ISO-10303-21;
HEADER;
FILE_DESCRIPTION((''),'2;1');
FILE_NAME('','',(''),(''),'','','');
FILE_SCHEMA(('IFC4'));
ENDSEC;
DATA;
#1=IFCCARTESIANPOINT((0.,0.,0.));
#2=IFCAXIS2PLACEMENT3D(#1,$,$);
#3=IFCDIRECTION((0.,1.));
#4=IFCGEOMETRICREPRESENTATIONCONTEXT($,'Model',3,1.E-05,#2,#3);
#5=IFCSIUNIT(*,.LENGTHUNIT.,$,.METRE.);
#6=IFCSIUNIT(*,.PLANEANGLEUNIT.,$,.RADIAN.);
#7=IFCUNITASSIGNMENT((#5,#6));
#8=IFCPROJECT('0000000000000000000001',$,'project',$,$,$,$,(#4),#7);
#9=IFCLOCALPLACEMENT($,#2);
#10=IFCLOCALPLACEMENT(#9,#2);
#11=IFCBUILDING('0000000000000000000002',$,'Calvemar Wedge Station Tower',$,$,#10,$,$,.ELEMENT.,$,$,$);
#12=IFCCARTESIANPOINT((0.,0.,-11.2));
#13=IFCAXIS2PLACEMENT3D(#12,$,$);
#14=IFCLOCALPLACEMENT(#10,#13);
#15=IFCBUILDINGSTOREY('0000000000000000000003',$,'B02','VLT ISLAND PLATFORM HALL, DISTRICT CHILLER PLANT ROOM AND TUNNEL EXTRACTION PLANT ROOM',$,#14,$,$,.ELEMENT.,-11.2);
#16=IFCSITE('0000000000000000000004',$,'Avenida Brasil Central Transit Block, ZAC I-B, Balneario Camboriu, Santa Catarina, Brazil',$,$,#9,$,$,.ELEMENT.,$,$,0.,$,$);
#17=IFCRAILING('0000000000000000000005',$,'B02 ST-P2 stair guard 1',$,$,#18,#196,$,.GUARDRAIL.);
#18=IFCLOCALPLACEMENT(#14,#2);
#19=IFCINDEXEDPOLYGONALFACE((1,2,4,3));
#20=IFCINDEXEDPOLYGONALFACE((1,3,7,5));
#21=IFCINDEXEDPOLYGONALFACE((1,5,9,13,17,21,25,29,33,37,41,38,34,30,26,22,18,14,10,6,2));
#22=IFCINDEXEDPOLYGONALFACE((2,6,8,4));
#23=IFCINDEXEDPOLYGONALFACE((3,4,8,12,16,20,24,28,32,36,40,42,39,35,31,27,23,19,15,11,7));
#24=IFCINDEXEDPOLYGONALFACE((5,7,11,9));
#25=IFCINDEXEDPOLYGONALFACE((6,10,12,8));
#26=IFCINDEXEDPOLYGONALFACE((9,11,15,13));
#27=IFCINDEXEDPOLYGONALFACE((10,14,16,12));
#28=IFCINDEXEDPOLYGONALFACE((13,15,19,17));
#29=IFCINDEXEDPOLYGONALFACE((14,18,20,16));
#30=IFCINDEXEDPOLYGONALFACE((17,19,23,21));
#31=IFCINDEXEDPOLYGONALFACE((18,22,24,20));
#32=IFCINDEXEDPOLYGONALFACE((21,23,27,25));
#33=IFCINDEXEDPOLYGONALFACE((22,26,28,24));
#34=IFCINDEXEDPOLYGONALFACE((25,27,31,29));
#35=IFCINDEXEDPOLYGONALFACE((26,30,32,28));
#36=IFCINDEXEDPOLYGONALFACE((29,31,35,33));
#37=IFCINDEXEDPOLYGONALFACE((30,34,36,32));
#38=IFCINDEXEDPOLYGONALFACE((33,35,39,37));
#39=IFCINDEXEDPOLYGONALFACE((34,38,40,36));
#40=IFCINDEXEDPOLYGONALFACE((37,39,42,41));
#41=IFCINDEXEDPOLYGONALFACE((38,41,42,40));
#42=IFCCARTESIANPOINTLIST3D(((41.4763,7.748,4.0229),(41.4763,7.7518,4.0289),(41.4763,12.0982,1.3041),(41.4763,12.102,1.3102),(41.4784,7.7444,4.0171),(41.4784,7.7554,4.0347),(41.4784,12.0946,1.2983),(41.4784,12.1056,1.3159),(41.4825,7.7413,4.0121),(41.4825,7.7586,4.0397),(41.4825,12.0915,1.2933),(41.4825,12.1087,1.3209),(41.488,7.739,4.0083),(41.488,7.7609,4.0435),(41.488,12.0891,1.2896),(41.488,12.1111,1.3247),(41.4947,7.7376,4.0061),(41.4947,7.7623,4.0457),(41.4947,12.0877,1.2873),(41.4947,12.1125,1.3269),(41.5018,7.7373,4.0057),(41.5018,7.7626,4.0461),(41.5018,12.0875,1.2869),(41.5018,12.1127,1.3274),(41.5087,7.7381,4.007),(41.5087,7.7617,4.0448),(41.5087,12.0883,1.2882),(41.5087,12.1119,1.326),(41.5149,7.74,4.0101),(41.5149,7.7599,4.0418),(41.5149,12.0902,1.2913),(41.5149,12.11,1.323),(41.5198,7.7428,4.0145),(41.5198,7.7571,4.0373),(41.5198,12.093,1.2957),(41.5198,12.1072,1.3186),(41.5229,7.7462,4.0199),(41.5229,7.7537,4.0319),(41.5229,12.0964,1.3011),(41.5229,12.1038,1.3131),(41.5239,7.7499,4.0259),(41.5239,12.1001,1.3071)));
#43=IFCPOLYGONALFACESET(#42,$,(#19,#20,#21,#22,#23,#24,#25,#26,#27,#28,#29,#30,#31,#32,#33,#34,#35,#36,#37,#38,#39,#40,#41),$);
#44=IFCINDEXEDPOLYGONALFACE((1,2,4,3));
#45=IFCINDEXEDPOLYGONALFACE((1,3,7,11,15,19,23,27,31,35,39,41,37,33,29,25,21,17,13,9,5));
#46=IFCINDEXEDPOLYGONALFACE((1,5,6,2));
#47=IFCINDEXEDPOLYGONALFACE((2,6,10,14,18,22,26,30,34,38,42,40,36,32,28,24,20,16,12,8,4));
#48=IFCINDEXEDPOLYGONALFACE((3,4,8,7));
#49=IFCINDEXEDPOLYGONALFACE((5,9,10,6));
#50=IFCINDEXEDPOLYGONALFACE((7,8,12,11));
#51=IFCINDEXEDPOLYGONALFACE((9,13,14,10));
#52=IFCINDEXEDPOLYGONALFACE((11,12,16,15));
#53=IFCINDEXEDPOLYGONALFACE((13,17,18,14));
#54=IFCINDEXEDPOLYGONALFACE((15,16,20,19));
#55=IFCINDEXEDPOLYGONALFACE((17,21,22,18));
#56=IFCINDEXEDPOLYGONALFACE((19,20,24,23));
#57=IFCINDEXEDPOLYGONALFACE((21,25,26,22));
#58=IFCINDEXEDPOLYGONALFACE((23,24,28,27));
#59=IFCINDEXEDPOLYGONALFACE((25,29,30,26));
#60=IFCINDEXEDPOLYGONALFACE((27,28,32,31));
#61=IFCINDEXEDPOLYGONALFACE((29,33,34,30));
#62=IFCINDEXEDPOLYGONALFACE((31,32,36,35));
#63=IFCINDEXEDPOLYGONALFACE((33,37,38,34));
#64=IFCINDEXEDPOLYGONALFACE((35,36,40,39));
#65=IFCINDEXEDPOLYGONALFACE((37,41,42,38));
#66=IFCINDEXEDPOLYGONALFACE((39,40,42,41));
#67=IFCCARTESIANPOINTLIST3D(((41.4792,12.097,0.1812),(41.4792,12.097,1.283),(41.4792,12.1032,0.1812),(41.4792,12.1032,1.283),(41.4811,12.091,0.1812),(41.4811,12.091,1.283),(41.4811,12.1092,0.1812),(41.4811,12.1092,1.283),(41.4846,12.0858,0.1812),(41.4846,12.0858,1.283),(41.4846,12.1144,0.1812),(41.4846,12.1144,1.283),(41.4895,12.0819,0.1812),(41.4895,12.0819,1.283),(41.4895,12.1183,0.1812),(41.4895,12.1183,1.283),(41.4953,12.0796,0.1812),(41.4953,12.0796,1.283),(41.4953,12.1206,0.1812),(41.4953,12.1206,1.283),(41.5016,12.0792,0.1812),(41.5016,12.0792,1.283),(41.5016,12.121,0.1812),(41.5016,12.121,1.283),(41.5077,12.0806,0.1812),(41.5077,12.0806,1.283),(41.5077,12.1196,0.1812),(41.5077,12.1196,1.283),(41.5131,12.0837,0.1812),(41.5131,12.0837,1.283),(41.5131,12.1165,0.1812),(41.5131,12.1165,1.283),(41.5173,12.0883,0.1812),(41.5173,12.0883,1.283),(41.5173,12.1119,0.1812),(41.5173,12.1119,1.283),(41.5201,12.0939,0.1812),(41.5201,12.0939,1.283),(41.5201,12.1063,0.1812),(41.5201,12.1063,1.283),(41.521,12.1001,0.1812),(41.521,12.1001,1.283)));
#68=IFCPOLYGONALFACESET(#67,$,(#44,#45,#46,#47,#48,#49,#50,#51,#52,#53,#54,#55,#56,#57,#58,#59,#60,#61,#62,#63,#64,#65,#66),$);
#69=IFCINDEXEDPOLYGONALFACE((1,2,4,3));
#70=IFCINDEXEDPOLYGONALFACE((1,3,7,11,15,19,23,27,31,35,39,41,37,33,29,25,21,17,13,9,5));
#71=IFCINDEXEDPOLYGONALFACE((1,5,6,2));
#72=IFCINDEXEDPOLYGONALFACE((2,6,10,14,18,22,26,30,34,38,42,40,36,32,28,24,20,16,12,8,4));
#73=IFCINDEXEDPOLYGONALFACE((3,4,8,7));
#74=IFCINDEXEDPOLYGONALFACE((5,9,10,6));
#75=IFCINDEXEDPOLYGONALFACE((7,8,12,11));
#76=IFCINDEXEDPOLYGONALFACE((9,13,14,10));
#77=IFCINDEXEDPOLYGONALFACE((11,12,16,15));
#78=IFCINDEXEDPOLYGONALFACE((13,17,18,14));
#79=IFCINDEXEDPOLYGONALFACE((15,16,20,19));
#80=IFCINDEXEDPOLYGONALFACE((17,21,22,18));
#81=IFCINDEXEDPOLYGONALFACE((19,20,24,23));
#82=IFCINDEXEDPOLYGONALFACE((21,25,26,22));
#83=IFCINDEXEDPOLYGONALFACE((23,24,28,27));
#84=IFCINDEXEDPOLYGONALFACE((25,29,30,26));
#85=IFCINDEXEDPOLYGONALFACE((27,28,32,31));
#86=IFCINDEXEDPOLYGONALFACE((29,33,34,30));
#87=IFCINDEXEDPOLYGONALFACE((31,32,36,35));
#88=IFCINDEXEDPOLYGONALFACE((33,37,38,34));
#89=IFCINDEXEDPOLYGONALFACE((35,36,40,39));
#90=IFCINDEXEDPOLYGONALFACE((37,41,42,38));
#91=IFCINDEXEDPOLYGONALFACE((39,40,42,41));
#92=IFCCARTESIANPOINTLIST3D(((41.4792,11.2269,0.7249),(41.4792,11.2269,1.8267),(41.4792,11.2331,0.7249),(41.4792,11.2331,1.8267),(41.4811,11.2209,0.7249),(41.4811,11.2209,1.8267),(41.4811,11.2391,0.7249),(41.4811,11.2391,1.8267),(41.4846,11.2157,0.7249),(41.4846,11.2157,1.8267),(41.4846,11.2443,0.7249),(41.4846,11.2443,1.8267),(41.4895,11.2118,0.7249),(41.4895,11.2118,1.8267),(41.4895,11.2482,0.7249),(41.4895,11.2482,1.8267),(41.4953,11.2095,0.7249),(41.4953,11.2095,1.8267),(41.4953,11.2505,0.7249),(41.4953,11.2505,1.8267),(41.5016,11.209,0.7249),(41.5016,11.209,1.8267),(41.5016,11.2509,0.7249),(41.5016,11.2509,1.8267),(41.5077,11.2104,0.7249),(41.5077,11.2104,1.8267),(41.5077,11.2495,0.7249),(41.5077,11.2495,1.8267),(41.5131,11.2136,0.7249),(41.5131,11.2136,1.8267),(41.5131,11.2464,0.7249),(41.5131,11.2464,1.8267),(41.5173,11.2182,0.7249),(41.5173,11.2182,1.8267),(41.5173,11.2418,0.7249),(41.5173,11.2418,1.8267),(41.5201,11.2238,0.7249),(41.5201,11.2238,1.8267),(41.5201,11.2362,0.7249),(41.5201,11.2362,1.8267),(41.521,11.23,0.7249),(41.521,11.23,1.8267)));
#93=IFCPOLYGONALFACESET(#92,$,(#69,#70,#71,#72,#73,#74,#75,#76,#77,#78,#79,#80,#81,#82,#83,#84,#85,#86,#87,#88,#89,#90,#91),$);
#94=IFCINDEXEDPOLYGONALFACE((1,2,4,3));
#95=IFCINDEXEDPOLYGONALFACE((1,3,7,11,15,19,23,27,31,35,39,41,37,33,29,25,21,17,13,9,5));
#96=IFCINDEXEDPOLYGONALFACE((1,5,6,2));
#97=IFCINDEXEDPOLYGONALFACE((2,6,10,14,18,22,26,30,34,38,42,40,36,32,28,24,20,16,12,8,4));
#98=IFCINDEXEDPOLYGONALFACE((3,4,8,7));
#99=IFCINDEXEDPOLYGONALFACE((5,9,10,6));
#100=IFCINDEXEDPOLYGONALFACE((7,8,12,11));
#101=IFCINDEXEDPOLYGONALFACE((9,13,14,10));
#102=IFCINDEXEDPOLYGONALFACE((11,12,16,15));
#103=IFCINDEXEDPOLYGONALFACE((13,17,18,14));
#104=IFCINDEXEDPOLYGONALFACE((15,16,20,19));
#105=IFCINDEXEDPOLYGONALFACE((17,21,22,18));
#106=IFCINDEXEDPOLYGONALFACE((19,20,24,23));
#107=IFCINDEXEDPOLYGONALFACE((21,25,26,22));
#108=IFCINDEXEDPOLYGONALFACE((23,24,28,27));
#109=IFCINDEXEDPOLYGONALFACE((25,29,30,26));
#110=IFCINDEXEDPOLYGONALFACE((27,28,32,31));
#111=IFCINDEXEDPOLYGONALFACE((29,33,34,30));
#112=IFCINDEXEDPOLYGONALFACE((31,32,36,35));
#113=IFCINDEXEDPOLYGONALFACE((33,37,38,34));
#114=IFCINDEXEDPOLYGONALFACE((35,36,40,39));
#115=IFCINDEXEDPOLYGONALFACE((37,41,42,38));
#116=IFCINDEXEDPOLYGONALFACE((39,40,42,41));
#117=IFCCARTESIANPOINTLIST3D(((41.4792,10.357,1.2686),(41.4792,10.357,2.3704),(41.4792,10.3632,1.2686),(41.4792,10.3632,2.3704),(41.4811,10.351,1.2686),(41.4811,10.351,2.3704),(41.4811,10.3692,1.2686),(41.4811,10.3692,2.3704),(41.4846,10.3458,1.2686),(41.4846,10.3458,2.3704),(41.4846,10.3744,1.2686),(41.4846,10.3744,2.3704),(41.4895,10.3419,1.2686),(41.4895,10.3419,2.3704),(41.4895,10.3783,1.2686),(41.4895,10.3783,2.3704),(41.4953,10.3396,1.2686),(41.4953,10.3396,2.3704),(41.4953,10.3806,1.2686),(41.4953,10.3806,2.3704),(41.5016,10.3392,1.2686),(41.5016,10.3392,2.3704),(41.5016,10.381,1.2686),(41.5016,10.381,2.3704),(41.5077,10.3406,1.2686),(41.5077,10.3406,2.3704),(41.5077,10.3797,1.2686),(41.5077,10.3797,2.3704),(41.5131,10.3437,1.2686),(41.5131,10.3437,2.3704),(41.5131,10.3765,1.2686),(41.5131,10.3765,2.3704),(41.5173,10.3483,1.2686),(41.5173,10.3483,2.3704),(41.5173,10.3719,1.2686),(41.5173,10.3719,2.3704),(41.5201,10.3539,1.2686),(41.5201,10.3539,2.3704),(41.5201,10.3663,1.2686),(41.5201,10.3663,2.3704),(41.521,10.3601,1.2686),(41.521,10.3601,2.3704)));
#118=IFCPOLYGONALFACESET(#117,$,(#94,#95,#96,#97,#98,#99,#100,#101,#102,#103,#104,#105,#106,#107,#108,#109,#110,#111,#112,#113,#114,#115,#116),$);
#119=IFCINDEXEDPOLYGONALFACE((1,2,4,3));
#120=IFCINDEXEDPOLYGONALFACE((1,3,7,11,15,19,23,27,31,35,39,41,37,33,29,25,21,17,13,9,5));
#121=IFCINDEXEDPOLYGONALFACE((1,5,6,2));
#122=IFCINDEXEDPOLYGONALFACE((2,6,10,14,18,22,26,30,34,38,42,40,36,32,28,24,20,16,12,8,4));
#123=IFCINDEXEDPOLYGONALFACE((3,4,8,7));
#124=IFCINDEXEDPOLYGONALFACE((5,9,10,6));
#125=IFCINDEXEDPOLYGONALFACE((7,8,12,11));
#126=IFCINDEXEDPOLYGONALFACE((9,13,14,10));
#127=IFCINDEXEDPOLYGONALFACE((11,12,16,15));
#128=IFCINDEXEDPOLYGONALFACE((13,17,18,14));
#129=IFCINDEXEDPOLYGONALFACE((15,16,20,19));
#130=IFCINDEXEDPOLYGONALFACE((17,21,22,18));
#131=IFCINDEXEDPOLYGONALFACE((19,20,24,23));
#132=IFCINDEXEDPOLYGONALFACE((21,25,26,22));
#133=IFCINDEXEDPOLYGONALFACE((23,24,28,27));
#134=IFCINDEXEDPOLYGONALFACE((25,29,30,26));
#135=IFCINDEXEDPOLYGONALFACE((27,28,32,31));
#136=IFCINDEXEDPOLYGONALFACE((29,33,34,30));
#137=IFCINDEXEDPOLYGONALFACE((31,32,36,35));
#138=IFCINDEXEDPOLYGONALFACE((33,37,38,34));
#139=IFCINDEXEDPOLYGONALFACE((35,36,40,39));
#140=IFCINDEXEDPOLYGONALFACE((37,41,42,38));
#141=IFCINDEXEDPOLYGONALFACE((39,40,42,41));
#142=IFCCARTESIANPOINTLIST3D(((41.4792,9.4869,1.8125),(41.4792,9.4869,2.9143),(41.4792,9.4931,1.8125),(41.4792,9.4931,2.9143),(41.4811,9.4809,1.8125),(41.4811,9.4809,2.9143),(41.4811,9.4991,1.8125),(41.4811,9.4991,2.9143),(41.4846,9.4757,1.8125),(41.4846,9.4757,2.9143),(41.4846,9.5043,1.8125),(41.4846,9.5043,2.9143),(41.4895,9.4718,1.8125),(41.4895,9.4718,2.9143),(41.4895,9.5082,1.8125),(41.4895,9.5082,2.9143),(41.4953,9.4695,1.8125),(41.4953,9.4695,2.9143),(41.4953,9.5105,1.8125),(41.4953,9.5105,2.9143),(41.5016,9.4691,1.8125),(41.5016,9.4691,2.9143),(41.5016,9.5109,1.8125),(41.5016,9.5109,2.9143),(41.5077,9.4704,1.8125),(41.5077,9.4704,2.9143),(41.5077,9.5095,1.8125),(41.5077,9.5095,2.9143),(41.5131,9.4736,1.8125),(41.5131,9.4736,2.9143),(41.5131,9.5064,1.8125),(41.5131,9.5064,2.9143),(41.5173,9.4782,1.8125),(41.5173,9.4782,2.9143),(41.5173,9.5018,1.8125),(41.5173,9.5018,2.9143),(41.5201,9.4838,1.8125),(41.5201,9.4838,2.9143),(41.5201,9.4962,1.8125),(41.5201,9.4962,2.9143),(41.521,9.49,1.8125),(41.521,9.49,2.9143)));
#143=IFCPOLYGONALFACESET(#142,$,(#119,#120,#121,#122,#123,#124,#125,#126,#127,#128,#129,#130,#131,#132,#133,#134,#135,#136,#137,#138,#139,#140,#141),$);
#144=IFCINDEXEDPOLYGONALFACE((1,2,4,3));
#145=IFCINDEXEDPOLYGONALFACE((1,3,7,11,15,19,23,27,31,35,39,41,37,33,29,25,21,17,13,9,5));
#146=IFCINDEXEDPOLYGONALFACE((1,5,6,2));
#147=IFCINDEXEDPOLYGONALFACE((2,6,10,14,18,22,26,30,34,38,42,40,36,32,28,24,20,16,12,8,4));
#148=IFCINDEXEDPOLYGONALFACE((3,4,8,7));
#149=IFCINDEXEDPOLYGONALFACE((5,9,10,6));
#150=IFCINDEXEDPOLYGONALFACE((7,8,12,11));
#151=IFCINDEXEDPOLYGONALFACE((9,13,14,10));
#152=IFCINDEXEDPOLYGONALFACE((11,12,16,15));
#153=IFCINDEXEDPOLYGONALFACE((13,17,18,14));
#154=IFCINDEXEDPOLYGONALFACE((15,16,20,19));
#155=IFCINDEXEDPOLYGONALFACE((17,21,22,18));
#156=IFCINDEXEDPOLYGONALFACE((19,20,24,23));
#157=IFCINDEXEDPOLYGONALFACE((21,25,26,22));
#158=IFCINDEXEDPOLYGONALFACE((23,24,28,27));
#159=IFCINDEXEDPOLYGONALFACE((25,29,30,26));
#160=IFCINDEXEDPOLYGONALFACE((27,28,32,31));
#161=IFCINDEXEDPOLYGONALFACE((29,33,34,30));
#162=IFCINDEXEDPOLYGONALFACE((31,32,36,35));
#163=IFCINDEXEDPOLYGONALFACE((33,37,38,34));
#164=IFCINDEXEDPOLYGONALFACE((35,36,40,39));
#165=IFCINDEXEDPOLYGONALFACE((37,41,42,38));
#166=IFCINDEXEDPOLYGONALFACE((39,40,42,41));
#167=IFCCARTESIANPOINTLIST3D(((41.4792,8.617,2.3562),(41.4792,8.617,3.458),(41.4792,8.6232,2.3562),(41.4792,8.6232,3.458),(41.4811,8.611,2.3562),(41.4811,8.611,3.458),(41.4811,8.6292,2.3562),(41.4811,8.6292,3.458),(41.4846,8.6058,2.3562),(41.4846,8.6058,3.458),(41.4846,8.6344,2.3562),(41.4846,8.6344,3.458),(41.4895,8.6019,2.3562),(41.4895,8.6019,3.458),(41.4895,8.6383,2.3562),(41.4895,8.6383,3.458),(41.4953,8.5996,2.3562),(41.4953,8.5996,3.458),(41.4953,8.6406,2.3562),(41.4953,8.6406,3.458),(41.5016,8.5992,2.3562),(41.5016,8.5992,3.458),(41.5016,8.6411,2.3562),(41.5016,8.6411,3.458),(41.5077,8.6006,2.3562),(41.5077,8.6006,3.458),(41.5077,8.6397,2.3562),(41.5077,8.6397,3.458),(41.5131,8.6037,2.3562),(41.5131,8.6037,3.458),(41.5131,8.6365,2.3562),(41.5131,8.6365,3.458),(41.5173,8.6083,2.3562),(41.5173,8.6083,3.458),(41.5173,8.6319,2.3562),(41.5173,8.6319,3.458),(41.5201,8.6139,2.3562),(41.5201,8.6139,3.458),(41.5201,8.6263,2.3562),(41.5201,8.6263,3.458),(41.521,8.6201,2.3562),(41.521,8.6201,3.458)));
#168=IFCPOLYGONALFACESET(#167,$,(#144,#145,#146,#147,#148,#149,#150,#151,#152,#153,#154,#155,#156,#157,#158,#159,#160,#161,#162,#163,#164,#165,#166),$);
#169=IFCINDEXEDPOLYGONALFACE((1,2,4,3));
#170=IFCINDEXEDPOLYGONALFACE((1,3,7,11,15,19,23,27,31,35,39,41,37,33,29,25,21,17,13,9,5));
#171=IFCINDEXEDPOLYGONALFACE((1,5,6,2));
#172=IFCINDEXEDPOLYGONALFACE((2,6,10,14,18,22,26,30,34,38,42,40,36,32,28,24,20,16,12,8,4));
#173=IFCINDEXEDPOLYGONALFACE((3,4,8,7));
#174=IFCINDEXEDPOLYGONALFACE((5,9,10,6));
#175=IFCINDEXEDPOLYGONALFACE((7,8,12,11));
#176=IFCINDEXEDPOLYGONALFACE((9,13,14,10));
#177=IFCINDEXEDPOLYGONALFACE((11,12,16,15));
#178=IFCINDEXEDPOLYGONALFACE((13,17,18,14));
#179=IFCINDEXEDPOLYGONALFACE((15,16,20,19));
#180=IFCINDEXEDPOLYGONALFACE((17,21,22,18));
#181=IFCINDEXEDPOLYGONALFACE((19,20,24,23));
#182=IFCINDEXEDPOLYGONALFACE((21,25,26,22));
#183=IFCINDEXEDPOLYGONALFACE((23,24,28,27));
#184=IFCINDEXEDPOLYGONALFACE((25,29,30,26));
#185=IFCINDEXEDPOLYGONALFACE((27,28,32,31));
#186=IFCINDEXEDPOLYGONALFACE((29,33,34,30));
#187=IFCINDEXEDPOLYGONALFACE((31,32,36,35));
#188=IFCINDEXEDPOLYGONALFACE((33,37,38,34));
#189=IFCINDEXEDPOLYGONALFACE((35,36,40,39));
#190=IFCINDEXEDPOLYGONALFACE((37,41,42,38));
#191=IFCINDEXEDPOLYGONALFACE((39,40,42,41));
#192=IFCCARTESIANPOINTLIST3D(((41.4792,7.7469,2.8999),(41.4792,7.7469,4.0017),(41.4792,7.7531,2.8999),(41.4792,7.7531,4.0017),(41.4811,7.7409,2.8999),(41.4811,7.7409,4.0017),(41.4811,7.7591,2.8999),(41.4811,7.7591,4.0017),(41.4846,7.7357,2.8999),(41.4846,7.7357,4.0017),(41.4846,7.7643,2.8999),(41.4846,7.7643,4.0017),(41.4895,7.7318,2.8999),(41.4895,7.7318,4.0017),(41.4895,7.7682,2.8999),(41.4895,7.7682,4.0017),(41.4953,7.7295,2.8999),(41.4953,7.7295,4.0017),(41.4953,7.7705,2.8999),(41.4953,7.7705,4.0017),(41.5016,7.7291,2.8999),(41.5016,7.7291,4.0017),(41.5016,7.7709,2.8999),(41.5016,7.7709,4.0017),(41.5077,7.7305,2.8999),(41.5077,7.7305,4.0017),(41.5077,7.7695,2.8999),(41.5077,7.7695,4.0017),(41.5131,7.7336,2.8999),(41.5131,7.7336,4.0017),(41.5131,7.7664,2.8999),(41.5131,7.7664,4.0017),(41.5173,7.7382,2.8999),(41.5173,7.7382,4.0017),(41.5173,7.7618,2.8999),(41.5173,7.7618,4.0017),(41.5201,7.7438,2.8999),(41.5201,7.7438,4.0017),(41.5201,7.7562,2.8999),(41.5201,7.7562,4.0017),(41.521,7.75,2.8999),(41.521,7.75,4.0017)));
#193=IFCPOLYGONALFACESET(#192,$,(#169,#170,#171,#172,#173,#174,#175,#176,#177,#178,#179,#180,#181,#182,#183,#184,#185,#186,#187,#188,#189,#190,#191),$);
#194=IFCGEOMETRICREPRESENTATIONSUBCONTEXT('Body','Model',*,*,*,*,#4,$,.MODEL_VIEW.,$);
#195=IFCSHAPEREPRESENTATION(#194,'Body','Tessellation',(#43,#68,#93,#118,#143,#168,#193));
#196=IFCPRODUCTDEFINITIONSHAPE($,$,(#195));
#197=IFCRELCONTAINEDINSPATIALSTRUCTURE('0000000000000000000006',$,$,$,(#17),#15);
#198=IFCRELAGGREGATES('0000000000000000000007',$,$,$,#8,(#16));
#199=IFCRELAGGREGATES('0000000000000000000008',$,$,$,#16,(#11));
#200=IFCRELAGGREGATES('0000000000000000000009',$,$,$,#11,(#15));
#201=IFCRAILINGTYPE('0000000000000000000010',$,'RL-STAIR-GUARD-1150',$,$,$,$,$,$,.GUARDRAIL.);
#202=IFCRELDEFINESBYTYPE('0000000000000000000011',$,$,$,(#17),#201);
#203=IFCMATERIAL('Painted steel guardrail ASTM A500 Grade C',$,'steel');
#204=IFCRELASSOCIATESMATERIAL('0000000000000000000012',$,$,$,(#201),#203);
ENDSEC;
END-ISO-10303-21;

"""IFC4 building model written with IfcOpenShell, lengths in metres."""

from ifc_helpers import new_model, si_unit, direction, frame, origin, origin_2d, place, context, subcontext, project, spatial, circle, extrude, material, type_object, element, save


model = new_model("IFC4")

# Units and contexts
model_context = context("Model", 3, precision=1e-05, world=origin(), true_north=direction((0.0, 1.0)))
body_context = subcontext(model_context, "Body", "Model", "MODEL_VIEW")
ifc_project = project(units=[si_unit("LENGTHUNIT", "METRE"), si_unit("PLANEANGLEUNIT", "RADIAN")], contexts=[model_context])

# Site, building, storey
site_placement = place(None, origin())
site = spatial("IfcSite", under=ifc_project, at=site_placement, Name="Avenida Brasil Central Transit Block, ZAC I-B, Balneario Camboriu, Santa Catarina, Brazil", CompositionType="ELEMENT", RefElevation=0.0)
building_placement = place(site_placement, origin())
building = spatial("IfcBuilding", under=site, at=building_placement, Name="Calvemar Wedge Station Tower", CompositionType="ELEMENT")
storey_placement = place(building_placement, frame((0.0, 0.0, -11.2)))
storey = spatial("IfcBuildingStorey", under=building, at=storey_placement, Name="B02", Description="VLT ISLAND PLATFORM HALL, DISTRICT CHILLER PLANT ROOM AND TUNNEL EXTRACTION PLANT ROOM", CompositionType="ELEMENT", Elevation=-11.2)

# Railing
ifc_material_1 = material(Name="Painted steel guardrail ASTM A500 Grade C", Category="steel")
railing_type = type_object("IfcRailingType", Name="RL-STAIR-GUARD-1150", PredefinedType="GUARDRAIL", material=ifc_material_1)
railing_1_placement = place(storey_placement, frame((41.5, 12.1001, 0.1812)))
element("IfcRailing", 1, at=railing_1_placement, inside=storey, type_object=railing_type, Name="B02 ST-P2 stair guard 1", PredefinedType="GUARDRAIL", context=body_context, shape_type="SweptSolid", body=[
    extrude(circle(Radius=0.0239, at=origin_2d()), frame((0.0, 0.0, 1.126), z_axis=(0.0, -0.848004, 0.52999), x_axis=(1.0, 0.0, 0.0)), (0.0, 0.0, 1.0), 5.1299),
    extrude(circle(Radius=0.021, at=origin_2d()), origin(), (0.0, 0.0, 1.0), 1.1018),
    extrude(circle(Radius=0.021, at=origin_2d()), frame((0.0, -0.8701, 0.5437)), (0.0, 0.0, 1.0), 1.1018),
    extrude(circle(Radius=0.021, at=origin_2d()), frame((0.0, -1.74, 1.0874)), (0.0, 0.0, 1.0), 1.1018),
    extrude(circle(Radius=0.021, at=origin_2d()), frame((0.0, -2.6101, 1.6313)), (0.0, 0.0, 1.0), 1.1018),
    extrude(circle(Radius=0.021, at=origin_2d()), frame((0.0, -3.48, 2.175)), (0.0, 0.0, 1.0), 1.1018),
    extrude(circle(Radius=0.021, at=origin_2d()), frame((0.0, -4.3501, 2.7188)), (0.0, 0.0, 1.0), 1.1018),
])

save(model, "model.ifc")
